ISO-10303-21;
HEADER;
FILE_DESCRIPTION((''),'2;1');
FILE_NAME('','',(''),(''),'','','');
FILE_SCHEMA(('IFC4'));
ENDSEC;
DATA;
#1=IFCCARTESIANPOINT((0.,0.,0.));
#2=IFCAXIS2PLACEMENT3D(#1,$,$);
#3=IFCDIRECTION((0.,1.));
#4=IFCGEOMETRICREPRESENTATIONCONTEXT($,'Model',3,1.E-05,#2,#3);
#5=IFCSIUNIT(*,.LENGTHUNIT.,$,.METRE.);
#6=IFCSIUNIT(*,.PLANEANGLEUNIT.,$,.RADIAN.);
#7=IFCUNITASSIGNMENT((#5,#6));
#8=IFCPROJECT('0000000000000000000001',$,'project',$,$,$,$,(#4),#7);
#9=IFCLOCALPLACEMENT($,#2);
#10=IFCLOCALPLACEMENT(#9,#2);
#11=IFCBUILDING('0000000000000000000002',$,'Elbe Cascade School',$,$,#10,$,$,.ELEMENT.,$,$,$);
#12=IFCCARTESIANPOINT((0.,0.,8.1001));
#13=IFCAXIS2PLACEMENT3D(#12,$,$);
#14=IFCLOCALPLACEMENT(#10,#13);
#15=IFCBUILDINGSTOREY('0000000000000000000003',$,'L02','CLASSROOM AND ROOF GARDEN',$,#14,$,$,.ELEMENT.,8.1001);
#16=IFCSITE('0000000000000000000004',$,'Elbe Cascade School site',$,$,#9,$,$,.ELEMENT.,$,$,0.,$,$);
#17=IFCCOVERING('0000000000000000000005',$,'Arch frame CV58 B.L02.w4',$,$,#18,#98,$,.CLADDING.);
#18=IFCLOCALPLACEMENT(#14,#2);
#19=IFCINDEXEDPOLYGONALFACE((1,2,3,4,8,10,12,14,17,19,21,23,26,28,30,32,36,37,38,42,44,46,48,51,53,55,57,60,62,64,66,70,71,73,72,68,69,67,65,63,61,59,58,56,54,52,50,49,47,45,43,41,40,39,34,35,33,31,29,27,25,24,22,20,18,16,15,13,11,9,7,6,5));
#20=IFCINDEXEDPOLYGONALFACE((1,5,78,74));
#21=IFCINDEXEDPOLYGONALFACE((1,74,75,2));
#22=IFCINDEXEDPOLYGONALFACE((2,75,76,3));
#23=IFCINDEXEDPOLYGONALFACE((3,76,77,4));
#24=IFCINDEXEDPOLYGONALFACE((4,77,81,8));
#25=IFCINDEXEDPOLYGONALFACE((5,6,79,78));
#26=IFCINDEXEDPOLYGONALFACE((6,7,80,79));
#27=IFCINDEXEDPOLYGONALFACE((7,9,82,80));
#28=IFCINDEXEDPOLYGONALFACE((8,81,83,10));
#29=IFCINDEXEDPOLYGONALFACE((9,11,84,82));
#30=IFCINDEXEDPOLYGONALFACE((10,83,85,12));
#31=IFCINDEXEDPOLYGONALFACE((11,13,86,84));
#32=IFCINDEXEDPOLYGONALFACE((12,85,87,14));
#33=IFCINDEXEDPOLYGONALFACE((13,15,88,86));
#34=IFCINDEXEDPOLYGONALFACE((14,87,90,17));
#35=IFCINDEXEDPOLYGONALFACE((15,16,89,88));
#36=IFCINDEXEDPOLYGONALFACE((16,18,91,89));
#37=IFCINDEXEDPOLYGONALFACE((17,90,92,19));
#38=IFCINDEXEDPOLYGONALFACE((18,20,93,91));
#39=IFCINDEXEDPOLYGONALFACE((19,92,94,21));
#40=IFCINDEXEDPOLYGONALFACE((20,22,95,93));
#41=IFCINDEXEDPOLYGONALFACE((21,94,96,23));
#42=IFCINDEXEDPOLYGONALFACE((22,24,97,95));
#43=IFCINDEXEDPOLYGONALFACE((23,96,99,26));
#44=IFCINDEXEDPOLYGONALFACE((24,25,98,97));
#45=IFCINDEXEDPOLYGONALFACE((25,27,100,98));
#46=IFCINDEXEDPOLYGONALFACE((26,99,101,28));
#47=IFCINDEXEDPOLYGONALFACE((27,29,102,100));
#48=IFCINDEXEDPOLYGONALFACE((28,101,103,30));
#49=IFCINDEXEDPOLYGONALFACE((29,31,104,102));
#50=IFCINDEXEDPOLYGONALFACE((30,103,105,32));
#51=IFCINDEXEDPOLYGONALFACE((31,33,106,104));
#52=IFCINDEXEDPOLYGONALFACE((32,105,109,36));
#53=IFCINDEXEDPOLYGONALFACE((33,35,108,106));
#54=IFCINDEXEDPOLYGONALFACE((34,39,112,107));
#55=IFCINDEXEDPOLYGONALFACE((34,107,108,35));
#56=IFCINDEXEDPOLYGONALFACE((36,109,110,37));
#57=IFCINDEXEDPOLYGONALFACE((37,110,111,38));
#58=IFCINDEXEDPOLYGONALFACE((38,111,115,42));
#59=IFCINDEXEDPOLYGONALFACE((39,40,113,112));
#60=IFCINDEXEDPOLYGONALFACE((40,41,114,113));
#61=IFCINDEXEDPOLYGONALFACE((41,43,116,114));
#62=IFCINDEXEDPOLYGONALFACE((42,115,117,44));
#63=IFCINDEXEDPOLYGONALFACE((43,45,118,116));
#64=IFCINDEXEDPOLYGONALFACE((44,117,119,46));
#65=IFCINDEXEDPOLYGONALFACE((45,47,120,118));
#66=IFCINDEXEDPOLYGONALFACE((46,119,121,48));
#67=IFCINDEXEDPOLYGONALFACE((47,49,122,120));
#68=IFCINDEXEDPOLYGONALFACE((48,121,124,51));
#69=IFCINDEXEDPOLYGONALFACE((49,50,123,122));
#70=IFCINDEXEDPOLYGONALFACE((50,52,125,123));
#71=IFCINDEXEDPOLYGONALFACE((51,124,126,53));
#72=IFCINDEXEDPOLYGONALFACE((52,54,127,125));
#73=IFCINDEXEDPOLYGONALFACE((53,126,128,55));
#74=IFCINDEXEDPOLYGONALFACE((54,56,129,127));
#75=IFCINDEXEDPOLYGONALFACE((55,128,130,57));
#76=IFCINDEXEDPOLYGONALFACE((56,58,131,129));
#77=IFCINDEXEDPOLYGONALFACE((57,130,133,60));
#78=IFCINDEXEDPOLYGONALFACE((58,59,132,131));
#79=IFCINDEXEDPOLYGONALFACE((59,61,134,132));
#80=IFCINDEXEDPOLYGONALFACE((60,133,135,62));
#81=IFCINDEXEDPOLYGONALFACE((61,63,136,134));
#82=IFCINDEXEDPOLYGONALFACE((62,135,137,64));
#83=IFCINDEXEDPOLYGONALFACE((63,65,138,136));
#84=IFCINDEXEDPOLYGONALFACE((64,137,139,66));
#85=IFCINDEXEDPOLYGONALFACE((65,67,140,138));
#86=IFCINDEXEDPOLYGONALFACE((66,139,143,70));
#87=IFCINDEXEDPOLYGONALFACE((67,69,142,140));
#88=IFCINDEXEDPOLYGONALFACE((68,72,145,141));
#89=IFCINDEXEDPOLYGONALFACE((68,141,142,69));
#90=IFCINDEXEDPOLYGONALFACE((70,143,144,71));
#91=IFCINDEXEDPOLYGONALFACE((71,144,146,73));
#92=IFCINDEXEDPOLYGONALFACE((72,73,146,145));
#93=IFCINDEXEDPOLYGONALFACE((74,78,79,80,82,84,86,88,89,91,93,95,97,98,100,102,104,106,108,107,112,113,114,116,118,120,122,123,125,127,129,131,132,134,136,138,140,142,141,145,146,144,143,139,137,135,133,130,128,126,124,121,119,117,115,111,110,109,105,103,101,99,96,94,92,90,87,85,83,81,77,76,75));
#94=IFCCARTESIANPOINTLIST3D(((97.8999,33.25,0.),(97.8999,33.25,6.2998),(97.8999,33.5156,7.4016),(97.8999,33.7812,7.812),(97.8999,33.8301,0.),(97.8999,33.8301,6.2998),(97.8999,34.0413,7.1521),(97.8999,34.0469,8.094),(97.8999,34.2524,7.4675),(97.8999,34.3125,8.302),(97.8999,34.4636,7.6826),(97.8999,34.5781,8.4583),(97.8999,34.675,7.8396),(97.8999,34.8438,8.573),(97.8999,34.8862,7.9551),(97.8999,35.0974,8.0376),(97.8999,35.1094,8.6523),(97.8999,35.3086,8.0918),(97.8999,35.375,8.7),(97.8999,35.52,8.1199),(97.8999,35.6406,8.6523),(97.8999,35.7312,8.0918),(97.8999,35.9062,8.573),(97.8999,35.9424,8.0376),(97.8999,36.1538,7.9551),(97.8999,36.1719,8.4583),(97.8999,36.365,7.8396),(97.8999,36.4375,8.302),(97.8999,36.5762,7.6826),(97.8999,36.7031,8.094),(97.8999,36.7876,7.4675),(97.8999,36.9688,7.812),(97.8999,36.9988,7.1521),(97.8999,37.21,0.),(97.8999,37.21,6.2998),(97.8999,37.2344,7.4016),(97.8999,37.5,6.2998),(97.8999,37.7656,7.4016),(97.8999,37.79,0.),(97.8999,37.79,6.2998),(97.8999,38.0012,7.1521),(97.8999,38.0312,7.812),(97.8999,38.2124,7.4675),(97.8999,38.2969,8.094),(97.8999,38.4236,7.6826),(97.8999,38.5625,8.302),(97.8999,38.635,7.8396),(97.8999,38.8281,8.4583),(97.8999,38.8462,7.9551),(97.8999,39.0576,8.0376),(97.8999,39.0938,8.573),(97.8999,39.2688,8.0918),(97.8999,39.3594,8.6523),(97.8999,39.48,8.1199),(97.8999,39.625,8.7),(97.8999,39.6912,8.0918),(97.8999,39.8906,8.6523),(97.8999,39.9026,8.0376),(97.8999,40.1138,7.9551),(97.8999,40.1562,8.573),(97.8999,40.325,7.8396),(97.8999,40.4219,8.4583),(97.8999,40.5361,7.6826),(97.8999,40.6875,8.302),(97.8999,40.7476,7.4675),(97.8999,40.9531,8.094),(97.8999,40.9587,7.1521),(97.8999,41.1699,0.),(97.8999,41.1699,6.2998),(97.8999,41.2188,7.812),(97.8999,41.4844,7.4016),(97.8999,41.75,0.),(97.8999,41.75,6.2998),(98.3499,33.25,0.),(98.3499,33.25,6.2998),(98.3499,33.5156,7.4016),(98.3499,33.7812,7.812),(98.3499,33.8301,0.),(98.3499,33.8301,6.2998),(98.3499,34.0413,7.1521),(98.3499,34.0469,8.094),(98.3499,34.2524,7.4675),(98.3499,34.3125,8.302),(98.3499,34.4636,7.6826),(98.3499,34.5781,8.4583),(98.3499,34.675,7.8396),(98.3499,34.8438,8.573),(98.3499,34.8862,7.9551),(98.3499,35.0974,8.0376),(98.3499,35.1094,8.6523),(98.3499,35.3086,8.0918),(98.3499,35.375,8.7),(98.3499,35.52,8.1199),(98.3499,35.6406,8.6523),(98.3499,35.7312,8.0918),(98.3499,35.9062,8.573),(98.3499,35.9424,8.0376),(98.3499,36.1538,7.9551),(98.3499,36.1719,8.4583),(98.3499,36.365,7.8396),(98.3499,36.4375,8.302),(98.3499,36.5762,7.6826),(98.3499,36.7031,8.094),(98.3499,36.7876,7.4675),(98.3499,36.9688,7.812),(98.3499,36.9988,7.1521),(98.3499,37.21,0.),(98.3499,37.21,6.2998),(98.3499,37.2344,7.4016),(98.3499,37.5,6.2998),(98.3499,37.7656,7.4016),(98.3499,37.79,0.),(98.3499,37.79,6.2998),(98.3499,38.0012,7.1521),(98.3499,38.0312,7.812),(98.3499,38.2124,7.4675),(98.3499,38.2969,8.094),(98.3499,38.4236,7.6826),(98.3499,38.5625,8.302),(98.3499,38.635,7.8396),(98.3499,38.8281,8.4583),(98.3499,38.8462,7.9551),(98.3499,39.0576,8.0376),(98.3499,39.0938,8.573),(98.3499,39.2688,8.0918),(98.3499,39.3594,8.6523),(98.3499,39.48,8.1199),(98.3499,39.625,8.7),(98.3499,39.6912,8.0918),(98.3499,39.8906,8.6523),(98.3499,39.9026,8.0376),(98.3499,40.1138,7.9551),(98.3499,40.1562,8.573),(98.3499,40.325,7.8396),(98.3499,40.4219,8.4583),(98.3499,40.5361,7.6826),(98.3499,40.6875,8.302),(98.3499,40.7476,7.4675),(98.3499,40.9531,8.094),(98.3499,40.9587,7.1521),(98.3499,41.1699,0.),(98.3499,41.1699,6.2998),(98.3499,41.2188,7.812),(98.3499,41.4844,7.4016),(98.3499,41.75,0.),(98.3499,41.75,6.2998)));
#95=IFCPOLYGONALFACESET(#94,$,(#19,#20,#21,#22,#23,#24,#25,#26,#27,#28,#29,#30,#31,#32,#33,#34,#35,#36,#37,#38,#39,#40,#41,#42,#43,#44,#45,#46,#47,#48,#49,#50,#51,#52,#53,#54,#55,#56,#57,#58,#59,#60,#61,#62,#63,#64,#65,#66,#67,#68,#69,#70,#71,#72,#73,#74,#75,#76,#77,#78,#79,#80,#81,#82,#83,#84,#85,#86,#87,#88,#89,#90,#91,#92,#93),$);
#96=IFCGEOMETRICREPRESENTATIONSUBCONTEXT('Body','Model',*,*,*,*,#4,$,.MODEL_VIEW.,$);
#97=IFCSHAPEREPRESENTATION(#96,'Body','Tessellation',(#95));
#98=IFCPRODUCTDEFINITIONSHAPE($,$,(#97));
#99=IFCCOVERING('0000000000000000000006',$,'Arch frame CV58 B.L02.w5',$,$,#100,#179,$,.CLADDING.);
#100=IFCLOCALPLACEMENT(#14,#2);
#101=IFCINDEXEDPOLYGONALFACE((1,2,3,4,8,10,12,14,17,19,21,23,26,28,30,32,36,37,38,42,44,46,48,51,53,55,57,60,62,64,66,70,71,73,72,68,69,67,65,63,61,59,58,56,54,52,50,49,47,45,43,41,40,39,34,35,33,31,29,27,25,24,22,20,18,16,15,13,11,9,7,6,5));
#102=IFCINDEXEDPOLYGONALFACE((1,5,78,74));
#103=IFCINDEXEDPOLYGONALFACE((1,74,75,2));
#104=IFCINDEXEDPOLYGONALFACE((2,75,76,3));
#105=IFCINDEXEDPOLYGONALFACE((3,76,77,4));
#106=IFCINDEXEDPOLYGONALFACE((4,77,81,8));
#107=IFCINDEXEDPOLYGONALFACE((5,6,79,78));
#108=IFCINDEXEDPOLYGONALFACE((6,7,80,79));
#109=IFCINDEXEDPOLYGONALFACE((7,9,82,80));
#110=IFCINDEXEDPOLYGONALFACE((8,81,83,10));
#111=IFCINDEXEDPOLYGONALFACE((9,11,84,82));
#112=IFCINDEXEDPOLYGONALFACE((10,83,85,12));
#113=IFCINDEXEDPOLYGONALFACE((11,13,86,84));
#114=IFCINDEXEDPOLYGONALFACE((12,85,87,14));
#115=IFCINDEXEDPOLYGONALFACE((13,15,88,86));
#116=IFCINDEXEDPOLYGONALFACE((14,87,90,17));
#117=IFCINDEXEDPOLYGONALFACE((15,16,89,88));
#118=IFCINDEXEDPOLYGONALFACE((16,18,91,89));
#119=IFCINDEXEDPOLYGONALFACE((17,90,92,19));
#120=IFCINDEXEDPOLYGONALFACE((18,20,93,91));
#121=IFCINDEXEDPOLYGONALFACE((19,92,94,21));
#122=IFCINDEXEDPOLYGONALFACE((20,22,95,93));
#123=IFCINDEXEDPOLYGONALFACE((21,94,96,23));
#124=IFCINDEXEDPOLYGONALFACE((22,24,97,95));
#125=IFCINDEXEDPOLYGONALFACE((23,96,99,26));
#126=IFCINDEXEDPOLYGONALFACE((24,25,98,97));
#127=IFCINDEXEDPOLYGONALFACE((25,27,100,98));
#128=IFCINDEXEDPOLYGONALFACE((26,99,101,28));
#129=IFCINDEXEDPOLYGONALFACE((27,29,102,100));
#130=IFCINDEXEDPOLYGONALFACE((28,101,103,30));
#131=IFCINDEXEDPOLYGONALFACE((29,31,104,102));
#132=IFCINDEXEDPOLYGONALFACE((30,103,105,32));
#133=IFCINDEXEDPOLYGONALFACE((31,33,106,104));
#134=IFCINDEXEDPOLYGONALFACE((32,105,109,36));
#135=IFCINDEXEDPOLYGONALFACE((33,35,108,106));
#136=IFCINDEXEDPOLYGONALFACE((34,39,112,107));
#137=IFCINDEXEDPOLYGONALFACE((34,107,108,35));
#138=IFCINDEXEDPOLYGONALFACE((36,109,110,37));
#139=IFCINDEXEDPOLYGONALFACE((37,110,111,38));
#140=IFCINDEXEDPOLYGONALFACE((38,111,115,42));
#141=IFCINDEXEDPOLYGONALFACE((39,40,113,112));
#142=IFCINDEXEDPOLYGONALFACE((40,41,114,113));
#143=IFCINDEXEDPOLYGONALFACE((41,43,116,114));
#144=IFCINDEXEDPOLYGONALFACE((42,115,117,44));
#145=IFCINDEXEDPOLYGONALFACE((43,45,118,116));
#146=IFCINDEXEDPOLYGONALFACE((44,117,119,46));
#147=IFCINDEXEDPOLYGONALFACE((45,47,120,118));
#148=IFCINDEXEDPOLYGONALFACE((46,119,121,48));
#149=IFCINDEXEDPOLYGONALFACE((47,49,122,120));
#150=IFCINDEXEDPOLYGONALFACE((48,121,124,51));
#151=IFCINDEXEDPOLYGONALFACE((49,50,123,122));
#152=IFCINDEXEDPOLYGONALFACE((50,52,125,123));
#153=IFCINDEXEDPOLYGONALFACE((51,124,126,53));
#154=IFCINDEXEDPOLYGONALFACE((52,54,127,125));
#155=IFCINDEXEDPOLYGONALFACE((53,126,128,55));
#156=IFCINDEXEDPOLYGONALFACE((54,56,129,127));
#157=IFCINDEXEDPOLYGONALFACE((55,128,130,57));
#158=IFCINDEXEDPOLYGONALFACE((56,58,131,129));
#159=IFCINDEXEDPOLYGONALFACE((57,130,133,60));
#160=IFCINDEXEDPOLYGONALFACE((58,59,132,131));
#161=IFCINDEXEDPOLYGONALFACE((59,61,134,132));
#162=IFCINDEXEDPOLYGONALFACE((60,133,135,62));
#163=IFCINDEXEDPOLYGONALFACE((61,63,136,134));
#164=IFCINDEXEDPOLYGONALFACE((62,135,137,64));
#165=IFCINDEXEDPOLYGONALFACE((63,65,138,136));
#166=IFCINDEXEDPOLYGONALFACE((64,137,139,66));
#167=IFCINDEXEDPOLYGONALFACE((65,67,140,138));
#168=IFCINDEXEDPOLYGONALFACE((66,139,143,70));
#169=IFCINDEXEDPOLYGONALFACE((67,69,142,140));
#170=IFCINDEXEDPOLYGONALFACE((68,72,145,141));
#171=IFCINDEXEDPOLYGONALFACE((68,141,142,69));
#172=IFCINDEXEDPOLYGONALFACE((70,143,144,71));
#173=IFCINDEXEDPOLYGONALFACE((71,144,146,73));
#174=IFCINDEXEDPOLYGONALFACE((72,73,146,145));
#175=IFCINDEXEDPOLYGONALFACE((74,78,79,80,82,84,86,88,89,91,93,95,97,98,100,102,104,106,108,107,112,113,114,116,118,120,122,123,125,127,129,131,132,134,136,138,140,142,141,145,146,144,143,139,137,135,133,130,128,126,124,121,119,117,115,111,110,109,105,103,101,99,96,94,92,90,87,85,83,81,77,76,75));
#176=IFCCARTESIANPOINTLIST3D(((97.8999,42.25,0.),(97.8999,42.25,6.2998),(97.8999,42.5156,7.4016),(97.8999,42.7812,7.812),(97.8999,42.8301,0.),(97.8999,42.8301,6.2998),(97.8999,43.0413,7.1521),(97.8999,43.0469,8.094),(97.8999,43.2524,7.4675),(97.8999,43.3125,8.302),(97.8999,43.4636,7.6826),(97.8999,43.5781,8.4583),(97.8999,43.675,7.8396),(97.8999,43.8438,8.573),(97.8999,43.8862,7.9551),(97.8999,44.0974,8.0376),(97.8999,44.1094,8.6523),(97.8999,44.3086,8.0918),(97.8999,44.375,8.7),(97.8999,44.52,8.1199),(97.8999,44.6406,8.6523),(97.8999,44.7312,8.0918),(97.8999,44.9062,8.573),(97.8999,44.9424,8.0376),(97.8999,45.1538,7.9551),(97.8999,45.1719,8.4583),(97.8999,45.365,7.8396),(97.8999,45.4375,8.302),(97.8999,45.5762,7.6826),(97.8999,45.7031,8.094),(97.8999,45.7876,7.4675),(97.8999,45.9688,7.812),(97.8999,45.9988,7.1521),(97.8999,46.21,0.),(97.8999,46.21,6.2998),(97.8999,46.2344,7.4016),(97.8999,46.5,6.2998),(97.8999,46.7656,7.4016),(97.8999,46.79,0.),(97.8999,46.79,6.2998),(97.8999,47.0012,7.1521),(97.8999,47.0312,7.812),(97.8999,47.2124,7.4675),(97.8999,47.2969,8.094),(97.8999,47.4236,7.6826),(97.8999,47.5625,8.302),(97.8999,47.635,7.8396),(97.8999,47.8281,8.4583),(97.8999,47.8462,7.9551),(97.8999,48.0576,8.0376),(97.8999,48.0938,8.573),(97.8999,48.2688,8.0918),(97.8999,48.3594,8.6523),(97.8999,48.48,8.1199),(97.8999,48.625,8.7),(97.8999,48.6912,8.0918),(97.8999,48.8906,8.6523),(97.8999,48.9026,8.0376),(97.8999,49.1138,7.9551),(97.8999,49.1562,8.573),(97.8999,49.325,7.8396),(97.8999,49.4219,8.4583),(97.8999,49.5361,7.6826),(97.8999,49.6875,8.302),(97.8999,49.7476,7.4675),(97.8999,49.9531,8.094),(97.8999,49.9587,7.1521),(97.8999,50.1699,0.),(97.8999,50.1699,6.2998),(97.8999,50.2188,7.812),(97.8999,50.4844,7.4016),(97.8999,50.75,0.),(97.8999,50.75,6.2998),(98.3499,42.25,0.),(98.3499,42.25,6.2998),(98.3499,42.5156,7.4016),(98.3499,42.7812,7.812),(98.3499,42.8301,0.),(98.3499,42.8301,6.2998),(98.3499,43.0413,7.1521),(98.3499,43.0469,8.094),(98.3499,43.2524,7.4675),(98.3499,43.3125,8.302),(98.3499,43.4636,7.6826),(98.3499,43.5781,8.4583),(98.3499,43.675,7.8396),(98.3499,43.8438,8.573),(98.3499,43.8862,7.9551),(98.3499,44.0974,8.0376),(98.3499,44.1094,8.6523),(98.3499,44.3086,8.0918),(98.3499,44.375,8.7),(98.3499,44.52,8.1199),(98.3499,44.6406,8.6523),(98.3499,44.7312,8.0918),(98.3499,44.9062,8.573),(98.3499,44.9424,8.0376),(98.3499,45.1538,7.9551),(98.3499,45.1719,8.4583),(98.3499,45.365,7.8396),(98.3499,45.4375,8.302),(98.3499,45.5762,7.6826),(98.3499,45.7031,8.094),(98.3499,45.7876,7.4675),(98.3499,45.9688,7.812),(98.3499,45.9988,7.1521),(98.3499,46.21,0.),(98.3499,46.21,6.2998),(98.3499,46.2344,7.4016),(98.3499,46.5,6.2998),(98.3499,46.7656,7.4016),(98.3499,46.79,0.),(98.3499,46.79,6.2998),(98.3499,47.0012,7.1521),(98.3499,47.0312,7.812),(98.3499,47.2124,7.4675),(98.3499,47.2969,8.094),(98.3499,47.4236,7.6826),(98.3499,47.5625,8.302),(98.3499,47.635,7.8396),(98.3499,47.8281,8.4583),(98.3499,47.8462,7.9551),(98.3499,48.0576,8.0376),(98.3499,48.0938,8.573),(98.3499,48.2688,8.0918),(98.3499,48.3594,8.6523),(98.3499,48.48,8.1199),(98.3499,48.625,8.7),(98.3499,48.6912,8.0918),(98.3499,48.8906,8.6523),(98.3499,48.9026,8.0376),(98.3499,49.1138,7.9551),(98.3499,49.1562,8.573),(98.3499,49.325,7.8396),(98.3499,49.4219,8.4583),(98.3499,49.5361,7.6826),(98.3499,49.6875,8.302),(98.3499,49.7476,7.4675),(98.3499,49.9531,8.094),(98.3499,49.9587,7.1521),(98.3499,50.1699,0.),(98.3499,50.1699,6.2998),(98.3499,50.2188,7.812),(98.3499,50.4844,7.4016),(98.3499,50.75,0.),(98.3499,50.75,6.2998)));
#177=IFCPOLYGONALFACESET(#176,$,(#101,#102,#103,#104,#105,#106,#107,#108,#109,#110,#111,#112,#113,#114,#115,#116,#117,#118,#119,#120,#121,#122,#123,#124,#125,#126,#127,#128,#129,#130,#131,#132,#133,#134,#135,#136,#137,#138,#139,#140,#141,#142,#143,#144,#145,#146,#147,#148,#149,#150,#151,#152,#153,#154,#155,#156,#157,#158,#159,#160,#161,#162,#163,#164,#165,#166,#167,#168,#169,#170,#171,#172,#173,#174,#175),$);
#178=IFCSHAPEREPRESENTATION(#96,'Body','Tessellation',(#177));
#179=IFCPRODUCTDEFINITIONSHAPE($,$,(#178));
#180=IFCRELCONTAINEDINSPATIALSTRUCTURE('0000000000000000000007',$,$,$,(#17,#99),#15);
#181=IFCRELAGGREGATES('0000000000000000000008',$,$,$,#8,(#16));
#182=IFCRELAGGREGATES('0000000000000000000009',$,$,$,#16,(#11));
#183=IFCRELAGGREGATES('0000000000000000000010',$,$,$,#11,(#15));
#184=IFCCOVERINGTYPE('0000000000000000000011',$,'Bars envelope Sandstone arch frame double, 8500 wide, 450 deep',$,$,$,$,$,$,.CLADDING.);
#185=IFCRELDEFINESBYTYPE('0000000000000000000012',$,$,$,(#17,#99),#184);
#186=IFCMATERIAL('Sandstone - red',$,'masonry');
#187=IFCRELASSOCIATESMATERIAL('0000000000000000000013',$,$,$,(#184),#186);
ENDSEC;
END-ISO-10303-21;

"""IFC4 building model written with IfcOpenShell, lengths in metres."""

from ifc_helpers import new_model, si_unit, direction, frame, origin, place, context, subcontext, project, spatial, polyline, outline, extrude, material, type_object, element, save


model = new_model("IFC4")

# Units and contexts
model_context = context("Model", 3, precision=1e-05, world=origin(), true_north=direction((0.0, 1.0)))
body_context = subcontext(model_context, "Body", "Model", "MODEL_VIEW")
ifc_project = project(units=[si_unit("LENGTHUNIT", "METRE"), si_unit("PLANEANGLEUNIT", "RADIAN")], contexts=[model_context])

# Site, building, storey
site_placement = place(None, origin())
site = spatial("IfcSite", under=ifc_project, at=site_placement, Name="Elbe Cascade School site", CompositionType="ELEMENT", RefElevation=0.0)
building_placement = place(site_placement, origin())
building = spatial("IfcBuilding", under=site, at=building_placement, Name="Elbe Cascade School", CompositionType="ELEMENT")
storey_placement = place(building_placement, frame((0.0, 0.0, 8.1001)))
storey = spatial("IfcBuildingStorey", under=building, at=storey_placement, Name="L02", Description="CLASSROOM AND ROOF GARDEN", CompositionType="ELEMENT", Elevation=8.1001)

# Coverings
ifc_material_1 = material(Name="Sandstone - red", Category="masonry")
covering_type_1 = type_object("IfcCoveringType", Name="Bars envelope Sandstone arch frame double, 8500 wide, 450 deep", PredefinedType="CLADDING", material=ifc_material_1)
covering_1_placement = place(storey_placement, frame((97.8999, 33.25, 0.0), z_axis=(-1.0, 0.0, 0.0), x_axis=(0.0, 0.0, 1.0)))
element("IfcCovering", 1, at=covering_1_placement, inside=storey, type_object=covering_type_1, Name="Arch frame CV58 B.L02.w4", PredefinedType="CLADDING", context=body_context, shape_type="SweptSolid", body=[
    extrude(outline(polyline([(0.0, 0.0), (6.2998, 0.0), (7.4016, 0.2656), (7.812, 0.5312), (8.094, 0.7969), (8.302, 1.0625), (8.4583, 1.3281), (8.573, 1.5938), (8.6523, 1.8594), (8.7, 2.125), (8.6523, 2.3906), (8.573, 2.6562), (8.4583, 2.9219), (8.302, 3.1875), (8.094, 3.4531), (7.812, 3.7188), (7.4016, 3.9844), (6.2998, 4.25), (7.4016, 4.5156), (7.812, 4.7812), (8.094, 5.0469), (8.302, 5.3125), (8.4583, 5.5781), (8.573, 5.8438), (8.6523, 6.1094), (8.7, 6.375), (8.6523, 6.6406), (8.573, 6.9062), (8.4583, 7.1719), (8.302, 7.4375), (8.094, 7.7031), (7.812, 7.9688), (7.4016, 8.2344), (6.2998, 8.5), (0.0, 8.5), (0.0, 7.9199), (6.2998, 7.9199), (7.1521, 7.7087), (7.4675, 7.4976), (7.6826, 7.2861), (7.8396, 7.075), (7.9551, 6.8638), (8.0376, 6.6526), (8.0918, 6.4412), (8.1199, 6.23), (8.0918, 6.0188), (8.0376, 5.8076), (7.9551, 5.5962), (7.8396, 5.385), (7.6826, 5.1736), (7.4675, 4.9624), (7.1521, 4.7512), (6.2998, 4.54), (0.0, 4.54), (0.0, 3.96), (6.2998, 3.96), (7.1521, 3.7488), (7.4675, 3.5376), (7.6826, 3.3262), (7.8396, 3.115), (7.9551, 2.9038), (8.0376, 2.6924), (8.0918, 2.4812), (8.1199, 2.27), (8.0918, 2.0586), (8.0376, 1.8474), (7.9551, 1.6362), (7.8396, 1.425), (7.6826, 1.2136), (7.4675, 1.0024), (7.1521, 0.7913), (6.2998, 0.5801), (0.0, 0.5801), (0.0, 0.0)])), origin(), (0.0, 0.0, -1.0), 0.45),
])
covering_2_placement = place(storey_placement, frame((97.8999, 42.25, 0.0), z_axis=(-1.0, 0.0, 0.0), x_axis=(0.0, 0.0, 1.0)))
element("IfcCovering", 2, at=covering_2_placement, inside=storey, type_object=covering_type_1, Name="Arch frame CV58 B.L02.w5", PredefinedType="CLADDING", context=body_context, shape_type="SweptSolid", body=[
    extrude(outline(polyline([(0.0, 0.0), (6.2998, 0.0), (7.4016, 0.2656), (7.812, 0.5312), (8.094, 0.7969), (8.302, 1.0625), (8.4583, 1.3281), (8.573, 1.5938), (8.6523, 1.8594), (8.7, 2.125), (8.6523, 2.3906), (8.573, 2.6562), (8.4583, 2.9219), (8.302, 3.1875), (8.094, 3.4531), (7.812, 3.7188), (7.4016, 3.9844), (6.2998, 4.25), (7.4016, 4.5156), (7.812, 4.7812), (8.094, 5.0469), (8.302, 5.3125), (8.4583, 5.5781), (8.573, 5.8438), (8.6523, 6.1094), (8.7, 6.375), (8.6523, 6.6406), (8.573, 6.9062), (8.4583, 7.1719), (8.302, 7.4375), (8.094, 7.7031), (7.812, 7.9688), (7.4016, 8.2344), (6.2998, 8.5), (0.0, 8.5), (0.0, 7.9199), (6.2998, 7.9199), (7.1521, 7.7087), (7.4675, 7.4976), (7.6826, 7.2861), (7.8396, 7.075), (7.9551, 6.8638), (8.0376, 6.6526), (8.0918, 6.4412), (8.1199, 6.23), (8.0918, 6.0188), (8.0376, 5.8076), (7.9551, 5.5962), (7.8396, 5.385), (7.6826, 5.1736), (7.4675, 4.9624), (7.1521, 4.7512), (6.2998, 4.54), (0.0, 4.54), (0.0, 3.96), (6.2998, 3.96), (7.1521, 3.7488), (7.4675, 3.5376), (7.6826, 3.3262), (7.8396, 3.115), (7.9551, 2.9038), (8.0376, 2.6924), (8.0918, 2.4812), (8.1199, 2.27), (8.0918, 2.0586), (8.0376, 1.8474), (7.9551, 1.6362), (7.8396, 1.425), (7.6826, 1.2136), (7.4675, 1.0024), (7.1521, 0.7913), (6.2998, 0.5801), (0.0, 0.5801), (0.0, 0.0)])), origin(), (0.0, 0.0, -1.0), 0.45),
])

save(model, "model.ifc")
